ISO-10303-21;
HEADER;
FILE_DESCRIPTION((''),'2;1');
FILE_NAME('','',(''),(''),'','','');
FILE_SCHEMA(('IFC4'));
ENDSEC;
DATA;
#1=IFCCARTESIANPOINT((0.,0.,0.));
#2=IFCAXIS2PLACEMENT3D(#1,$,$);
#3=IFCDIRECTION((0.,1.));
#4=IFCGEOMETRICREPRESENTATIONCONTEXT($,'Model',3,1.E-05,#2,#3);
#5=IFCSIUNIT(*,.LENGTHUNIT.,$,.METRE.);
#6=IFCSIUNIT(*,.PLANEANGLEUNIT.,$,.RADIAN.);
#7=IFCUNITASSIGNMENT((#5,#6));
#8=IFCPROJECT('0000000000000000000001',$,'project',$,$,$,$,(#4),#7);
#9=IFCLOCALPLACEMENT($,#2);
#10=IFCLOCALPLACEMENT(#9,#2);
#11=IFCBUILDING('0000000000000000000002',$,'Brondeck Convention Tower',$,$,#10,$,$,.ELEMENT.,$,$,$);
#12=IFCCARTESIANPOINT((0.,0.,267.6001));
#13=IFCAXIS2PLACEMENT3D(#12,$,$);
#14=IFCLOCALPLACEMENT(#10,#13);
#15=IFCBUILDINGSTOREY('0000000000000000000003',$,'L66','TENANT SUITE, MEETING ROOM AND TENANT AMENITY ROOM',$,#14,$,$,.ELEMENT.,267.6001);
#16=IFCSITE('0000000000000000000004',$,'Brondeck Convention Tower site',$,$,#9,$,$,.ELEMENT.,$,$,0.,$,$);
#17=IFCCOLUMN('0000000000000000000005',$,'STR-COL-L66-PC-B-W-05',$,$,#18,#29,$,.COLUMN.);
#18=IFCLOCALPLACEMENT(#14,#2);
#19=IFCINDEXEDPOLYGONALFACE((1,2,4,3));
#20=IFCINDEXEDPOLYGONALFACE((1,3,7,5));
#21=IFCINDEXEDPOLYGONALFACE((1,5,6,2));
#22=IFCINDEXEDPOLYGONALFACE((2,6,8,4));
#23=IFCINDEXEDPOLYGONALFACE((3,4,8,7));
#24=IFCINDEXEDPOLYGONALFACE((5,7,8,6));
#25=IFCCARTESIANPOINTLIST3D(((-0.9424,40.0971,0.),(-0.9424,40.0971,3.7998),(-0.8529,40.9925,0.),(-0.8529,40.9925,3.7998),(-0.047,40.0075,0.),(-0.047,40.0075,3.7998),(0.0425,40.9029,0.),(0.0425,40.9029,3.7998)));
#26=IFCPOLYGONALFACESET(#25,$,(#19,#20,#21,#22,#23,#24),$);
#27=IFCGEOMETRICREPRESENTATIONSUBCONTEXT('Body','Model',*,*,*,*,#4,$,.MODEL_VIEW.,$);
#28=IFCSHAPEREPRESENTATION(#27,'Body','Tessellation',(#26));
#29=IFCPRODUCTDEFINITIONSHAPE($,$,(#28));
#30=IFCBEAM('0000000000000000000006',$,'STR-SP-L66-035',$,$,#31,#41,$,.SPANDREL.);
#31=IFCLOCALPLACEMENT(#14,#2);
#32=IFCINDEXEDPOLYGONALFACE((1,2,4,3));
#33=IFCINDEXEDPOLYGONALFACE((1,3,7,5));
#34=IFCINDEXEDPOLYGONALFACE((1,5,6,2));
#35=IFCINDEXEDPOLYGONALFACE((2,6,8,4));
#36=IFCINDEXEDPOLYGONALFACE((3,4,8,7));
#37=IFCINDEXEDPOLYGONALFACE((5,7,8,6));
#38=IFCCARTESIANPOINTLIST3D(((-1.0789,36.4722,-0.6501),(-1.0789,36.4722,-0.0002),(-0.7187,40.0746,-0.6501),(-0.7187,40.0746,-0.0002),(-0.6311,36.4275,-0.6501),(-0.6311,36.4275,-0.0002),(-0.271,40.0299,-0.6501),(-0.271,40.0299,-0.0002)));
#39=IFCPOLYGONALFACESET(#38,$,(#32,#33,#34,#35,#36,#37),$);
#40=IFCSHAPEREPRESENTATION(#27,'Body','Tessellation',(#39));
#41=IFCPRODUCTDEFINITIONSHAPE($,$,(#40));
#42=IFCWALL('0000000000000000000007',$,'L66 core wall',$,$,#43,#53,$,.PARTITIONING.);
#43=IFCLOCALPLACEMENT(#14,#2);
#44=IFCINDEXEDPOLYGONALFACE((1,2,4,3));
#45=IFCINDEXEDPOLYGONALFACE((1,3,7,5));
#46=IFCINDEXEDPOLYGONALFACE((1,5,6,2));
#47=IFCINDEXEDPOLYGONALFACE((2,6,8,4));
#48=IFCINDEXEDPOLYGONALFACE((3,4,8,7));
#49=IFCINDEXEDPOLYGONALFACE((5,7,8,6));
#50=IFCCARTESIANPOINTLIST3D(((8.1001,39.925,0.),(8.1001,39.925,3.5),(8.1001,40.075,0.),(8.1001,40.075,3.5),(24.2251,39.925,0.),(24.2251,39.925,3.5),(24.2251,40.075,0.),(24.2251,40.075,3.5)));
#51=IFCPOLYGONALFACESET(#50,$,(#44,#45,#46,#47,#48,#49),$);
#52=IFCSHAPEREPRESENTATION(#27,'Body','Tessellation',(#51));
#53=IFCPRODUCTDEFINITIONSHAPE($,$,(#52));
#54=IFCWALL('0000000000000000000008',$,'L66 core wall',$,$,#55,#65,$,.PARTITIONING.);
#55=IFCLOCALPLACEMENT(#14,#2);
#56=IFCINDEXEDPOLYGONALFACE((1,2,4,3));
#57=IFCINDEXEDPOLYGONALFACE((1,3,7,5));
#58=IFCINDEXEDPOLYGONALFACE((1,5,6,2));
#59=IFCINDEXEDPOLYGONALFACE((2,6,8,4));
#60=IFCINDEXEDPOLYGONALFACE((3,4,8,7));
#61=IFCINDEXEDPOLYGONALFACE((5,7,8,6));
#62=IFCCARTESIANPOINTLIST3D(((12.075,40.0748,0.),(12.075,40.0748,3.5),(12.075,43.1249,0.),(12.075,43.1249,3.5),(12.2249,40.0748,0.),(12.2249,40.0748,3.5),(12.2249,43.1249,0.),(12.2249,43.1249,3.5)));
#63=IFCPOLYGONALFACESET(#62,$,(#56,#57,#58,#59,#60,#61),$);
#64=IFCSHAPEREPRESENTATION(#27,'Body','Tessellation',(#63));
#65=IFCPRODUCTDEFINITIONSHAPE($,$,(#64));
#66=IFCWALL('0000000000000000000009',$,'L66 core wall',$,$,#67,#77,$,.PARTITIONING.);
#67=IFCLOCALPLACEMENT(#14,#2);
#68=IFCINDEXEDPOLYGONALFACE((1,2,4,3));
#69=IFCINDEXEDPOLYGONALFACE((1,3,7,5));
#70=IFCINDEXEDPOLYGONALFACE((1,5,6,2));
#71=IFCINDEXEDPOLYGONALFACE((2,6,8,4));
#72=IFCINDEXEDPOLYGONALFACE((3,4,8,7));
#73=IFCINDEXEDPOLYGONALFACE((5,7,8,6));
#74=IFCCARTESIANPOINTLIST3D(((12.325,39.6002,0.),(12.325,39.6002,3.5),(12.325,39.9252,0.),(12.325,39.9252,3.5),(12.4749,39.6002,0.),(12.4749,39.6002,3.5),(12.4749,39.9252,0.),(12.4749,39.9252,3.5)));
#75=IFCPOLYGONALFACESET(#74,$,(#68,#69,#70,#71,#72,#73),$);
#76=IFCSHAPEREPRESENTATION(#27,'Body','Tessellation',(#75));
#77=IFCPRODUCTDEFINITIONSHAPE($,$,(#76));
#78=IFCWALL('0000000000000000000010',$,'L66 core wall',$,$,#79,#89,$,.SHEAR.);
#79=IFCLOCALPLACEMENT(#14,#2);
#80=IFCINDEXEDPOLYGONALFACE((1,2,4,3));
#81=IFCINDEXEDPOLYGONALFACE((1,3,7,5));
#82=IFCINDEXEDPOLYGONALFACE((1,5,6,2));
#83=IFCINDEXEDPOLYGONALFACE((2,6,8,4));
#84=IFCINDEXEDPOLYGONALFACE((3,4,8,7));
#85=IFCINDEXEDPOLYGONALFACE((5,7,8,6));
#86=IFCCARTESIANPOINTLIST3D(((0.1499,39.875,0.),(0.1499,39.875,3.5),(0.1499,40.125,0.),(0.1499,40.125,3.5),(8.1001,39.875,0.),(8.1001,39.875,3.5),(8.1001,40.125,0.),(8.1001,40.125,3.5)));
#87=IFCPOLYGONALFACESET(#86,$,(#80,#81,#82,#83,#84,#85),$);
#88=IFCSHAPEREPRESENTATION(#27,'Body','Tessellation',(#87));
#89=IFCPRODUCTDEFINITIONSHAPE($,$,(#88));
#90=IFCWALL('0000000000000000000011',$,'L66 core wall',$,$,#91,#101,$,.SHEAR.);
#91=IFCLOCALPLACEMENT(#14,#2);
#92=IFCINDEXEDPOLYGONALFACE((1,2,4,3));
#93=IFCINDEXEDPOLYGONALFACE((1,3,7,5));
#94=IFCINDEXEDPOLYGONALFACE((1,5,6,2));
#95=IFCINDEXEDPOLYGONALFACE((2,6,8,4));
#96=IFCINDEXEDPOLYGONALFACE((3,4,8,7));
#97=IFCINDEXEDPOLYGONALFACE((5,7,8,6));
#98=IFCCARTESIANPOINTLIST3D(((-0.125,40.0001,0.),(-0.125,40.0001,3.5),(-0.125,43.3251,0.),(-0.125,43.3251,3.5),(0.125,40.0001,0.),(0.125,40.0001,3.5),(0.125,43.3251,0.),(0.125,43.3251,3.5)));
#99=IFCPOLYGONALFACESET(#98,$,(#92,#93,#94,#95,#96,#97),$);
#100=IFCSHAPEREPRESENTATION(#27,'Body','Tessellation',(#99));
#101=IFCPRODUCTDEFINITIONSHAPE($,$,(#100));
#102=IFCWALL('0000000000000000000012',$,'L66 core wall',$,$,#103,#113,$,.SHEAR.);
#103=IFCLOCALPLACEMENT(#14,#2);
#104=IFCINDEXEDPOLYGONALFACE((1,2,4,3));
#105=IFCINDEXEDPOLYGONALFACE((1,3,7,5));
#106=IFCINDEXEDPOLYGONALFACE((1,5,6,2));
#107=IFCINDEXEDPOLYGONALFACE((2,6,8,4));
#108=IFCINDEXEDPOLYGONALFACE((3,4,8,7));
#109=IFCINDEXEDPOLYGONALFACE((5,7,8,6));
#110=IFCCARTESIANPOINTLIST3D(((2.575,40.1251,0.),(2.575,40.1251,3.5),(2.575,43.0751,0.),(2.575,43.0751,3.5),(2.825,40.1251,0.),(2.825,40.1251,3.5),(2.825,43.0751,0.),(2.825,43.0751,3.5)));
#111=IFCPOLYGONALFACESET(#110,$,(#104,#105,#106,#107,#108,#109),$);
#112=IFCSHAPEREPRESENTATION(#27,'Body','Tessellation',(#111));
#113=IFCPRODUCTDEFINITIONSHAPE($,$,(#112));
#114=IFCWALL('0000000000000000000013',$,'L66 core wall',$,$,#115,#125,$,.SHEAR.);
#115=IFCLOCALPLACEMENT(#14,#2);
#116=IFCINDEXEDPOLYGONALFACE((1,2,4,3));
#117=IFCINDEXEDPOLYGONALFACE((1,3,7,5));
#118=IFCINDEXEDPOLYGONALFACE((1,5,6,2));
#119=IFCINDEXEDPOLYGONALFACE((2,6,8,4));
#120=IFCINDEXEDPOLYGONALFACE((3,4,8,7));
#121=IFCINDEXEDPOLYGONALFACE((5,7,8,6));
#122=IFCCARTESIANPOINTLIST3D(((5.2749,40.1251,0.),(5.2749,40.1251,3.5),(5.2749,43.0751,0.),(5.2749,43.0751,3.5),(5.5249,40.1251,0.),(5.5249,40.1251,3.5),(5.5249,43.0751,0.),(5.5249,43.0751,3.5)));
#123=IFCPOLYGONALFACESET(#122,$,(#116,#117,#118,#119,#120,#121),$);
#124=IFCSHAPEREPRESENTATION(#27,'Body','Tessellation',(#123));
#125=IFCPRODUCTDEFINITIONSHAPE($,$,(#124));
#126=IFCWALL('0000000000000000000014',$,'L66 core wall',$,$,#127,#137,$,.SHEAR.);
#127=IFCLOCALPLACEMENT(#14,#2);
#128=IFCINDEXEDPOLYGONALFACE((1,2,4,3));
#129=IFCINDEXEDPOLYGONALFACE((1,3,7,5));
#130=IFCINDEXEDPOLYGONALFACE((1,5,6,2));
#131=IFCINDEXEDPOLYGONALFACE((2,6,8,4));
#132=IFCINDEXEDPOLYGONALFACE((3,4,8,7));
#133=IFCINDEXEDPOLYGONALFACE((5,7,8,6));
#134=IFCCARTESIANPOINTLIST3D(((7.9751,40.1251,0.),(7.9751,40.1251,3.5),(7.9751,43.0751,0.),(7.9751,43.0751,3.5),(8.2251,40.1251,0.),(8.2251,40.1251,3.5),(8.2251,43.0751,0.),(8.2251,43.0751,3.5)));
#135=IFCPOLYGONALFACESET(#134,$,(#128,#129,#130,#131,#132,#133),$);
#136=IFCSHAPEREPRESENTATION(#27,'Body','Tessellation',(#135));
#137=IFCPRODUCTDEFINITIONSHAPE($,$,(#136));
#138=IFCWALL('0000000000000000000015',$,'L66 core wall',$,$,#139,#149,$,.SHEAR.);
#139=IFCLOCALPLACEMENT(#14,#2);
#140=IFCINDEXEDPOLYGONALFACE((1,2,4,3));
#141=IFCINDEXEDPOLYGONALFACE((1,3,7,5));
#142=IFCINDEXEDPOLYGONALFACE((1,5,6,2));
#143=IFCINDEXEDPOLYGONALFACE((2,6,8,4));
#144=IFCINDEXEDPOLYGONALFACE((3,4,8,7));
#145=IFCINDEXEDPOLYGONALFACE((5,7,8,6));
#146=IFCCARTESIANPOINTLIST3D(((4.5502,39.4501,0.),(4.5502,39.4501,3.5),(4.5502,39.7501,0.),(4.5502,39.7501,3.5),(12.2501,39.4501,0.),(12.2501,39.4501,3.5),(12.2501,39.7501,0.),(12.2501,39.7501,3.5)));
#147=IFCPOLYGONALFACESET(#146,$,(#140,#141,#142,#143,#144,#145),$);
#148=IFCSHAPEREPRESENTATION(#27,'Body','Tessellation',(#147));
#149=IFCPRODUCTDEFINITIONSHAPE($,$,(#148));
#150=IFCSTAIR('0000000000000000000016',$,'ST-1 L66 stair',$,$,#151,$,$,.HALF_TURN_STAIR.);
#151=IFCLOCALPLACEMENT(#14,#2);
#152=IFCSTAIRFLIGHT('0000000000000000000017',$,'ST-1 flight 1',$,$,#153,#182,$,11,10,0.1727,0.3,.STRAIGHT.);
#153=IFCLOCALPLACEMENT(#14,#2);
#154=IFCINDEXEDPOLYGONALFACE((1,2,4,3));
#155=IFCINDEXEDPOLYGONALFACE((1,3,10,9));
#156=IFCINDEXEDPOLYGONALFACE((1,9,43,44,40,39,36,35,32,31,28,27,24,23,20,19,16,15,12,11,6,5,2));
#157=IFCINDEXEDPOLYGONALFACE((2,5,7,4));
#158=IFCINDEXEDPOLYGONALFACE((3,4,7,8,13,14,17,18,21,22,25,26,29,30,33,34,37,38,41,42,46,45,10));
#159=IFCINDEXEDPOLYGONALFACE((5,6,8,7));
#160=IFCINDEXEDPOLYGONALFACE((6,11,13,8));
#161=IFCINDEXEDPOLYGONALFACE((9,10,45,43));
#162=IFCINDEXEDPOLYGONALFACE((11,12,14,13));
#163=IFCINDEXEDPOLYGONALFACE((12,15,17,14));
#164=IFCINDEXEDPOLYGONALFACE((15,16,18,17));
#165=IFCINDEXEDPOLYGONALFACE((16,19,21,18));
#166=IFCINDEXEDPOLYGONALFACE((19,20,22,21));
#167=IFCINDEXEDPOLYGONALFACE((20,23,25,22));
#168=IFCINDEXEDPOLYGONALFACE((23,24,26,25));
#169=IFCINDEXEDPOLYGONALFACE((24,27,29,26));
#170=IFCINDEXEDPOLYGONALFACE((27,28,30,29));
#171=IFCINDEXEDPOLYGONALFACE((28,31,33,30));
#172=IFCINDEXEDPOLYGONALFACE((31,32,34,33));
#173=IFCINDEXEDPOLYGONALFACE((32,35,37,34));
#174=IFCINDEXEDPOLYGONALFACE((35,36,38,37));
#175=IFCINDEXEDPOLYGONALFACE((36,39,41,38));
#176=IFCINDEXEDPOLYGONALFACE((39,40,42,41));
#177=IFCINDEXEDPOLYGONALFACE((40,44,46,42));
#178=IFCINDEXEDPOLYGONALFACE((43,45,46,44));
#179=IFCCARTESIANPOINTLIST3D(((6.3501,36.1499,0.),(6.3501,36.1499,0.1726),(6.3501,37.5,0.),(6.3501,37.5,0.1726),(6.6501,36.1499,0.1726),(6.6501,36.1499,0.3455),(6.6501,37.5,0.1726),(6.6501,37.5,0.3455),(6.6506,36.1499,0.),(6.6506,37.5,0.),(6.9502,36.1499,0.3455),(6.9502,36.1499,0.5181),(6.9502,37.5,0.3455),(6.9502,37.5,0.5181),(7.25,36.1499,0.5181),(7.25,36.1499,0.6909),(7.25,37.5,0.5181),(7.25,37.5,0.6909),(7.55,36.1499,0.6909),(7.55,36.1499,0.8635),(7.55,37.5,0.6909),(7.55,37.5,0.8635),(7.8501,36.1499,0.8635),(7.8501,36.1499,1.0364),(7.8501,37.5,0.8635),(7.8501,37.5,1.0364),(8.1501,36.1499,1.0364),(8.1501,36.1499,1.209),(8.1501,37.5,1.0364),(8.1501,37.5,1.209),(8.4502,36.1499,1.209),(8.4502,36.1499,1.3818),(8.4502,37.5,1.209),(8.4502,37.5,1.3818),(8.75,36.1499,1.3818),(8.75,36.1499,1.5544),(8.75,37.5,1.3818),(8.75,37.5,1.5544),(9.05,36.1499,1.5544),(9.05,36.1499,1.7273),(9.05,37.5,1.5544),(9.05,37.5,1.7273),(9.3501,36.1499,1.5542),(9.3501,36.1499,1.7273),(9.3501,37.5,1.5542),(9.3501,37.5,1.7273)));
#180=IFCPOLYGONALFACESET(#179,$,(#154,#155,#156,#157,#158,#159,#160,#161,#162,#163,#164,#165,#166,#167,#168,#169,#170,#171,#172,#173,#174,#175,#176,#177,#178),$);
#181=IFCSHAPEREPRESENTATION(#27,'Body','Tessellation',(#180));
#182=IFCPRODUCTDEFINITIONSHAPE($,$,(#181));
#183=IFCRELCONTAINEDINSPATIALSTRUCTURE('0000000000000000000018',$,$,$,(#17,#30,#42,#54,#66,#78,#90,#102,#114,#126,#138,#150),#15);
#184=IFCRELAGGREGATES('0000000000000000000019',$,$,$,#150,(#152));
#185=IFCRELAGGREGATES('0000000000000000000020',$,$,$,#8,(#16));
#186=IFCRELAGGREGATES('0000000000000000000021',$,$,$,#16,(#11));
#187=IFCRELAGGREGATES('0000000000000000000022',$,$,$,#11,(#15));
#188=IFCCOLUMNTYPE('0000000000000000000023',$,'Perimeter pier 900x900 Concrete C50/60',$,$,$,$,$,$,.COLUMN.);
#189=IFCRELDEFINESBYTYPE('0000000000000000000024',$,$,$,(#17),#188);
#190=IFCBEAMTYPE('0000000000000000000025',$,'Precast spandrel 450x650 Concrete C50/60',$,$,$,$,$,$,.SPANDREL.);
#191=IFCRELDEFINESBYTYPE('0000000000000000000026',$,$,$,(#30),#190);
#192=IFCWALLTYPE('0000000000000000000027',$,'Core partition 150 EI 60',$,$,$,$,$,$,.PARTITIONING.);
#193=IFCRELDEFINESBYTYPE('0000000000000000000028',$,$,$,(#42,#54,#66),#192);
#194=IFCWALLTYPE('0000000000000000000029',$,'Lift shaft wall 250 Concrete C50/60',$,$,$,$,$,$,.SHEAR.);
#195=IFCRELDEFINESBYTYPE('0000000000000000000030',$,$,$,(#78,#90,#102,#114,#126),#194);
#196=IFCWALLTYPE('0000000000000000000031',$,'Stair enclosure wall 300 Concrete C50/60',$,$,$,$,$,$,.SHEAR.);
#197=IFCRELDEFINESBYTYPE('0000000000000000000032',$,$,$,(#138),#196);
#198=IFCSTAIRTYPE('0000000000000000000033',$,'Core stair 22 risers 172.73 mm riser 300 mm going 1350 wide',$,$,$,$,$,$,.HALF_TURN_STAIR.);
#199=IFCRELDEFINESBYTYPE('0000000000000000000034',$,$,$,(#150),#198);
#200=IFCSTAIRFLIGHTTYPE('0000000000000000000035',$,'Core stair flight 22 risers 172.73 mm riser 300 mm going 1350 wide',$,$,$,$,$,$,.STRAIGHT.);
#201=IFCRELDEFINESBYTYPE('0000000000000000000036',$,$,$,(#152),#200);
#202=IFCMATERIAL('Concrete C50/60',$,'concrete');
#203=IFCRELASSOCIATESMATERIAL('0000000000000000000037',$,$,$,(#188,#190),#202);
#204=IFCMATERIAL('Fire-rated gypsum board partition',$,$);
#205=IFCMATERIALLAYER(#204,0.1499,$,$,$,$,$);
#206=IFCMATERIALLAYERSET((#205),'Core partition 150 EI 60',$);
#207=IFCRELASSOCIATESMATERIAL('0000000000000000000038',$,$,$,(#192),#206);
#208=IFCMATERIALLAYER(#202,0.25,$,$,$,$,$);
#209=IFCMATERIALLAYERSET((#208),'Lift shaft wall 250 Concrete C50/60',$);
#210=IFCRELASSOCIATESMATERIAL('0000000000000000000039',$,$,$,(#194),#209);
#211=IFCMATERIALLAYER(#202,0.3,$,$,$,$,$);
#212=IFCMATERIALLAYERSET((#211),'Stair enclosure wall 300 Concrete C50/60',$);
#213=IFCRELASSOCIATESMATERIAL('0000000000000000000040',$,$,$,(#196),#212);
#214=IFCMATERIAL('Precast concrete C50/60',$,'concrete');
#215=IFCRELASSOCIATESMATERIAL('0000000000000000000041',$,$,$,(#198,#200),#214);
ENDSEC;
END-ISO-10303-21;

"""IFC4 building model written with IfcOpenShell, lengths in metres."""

from ifc_helpers import new_model, si_unit, direction, frame, frame_2d, origin, origin_2d, place, context, subcontext, project, spatial, polyline, rectangle, outline, extrude, material, layer, layer_set, material_profile, profile_set, type_object, element, aggregate, save


model = new_model("IFC4")

# Units and contexts
model_context = context("Model", 3, precision=1e-05, world=origin(), true_north=direction((0.0, 1.0)))
body_context = subcontext(model_context, "Body", "Model", "MODEL_VIEW")
ifc_project = project(units=[si_unit("LENGTHUNIT", "METRE"), si_unit("PLANEANGLEUNIT", "RADIAN")], contexts=[model_context])

# Site, building, storey
site_placement = place(None, origin())
site = spatial("IfcSite", under=ifc_project, at=site_placement, Name="Brondeck Convention Tower site", CompositionType="ELEMENT", RefElevation=0.0)
building_placement = place(site_placement, origin())
building = spatial("IfcBuilding", under=site, at=building_placement, Name="Brondeck Convention Tower", CompositionType="ELEMENT")
storey_placement = place(building_placement, frame((0.0, 0.0, 267.6001)))
storey = spatial("IfcBuildingStorey", under=building, at=storey_placement, Name="L66", Description="TENANT SUITE, MEETING ROOM AND TENANT AMENITY ROOM", CompositionType="ELEMENT", Elevation=267.6001)

# Column
ifc_material_1 = material(Name="Concrete C50/60", Category="concrete")
ifc_material_profile_1 = material_profile(ifc_material_1, rectangle(XDim=0.8999, YDim=0.8999, at=origin_2d()), Name="Perimeter pier 900x900 Concrete C50/60")
ifc_profile_set_1 = profile_set([ifc_material_profile_1], Name="Concrete C50/60")
column_type = type_object("IfcColumnType", Name="Perimeter pier 900x900 Concrete C50/60", PredefinedType="COLUMN", material=ifc_profile_set_1)
column_placement = place(storey_placement, frame((-0.45, 40.5, 0.0), z_axis=(0.0, 0.0, 1.0), x_axis=(-0.099504, -0.995037, 0.0)))
element("IfcColumn", 1, at=column_placement, inside=storey, type_object=column_type, Name="STR-COL-L66-PC-B-W-05", PredefinedType="COLUMN", context=body_context, shape_type="SweptSolid", body=[
    extrude(rectangle(XDim=0.8999, YDim=0.8999, at=origin_2d()), origin(), (0.0, 0.0, 1.0), 3.7998),
])

# Beam
ifc_material_profile_2 = material_profile(ifc_material_1, rectangle(XDim=0.45, YDim=0.6499, at=origin_2d()), Name="Precast spandrel 450x650 Concrete C50/60")
ifc_profile_set_2 = profile_set([ifc_material_profile_2], Name="Concrete C50/60")
beam_type = type_object("IfcBeamType", Name="Precast spandrel 450x650 Concrete C50/60", PredefinedType="SPANDREL", material=ifc_profile_set_2)
beam_placement = place(storey_placement, frame((-0.4949, 40.0522, -0.3252), z_axis=(-0.09947, -0.995041, 0.0), x_axis=(0.995041, -0.09947, 0.0)))
element("IfcBeam", 2, at=beam_placement, inside=storey, type_object=beam_type, Name="STR-SP-L66-035", PredefinedType="SPANDREL", context=body_context, shape_type="SweptSolid", body=[
    extrude(rectangle(XDim=0.45, YDim=0.6499, at=origin_2d()), origin(), (0.0, 0.0, 1.0), 3.6204),
])

# Walls
ifc_material_2 = material(Name="Fire-rated gypsum board partition")
ifc_layer_1 = layer(ifc_material_2, 0.1499)
ifc_layer_set_1 = layer_set([ifc_layer_1], Name="Core partition 150 EI 60")
wall_type_1 = type_object("IfcWallType", Name="Core partition 150 EI 60", PredefinedType="PARTITIONING", material=ifc_layer_set_1)
wall_1_placement = place(storey_placement, frame((8.1001, 40.0, 0.0), z_axis=(0.0, 0.0, 1.0), x_axis=(1.0, 0.0, 0.0)))
element("IfcWall", 3, at=wall_1_placement, inside=storey, type_object=wall_type_1, Name="L66 core wall", PredefinedType="PARTITIONING", context=body_context, shape_type="SweptSolid", body=[
    extrude(rectangle(XDim=16.125, YDim=0.1499, at=frame_2d((8.0625, 0.0))), origin(), (0.0, 0.0, 1.0), 3.5),
])
wall_2_placement = place(storey_placement, frame((12.1499, 40.075, 0.0), z_axis=(0.0, 0.0, 1.0), x_axis=(0.0, 1.0, 0.0)))
element("IfcWall", 4, at=wall_2_placement, inside=storey, type_object=wall_type_1, Name="L66 core wall", PredefinedType="PARTITIONING", context=body_context, shape_type="SweptSolid", body=[
    extrude(rectangle(XDim=3.05, YDim=0.1499, at=frame_2d((1.5249, 0.0))), origin(), (0.0, 0.0, 1.0), 3.5),
])
wall_3_placement = place(storey_placement, frame((12.3999, 39.6001, 0.0), z_axis=(0.0, 0.0, 1.0), x_axis=(0.0, 1.0, 0.0)))
element("IfcWall", 5, at=wall_3_placement, inside=storey, type_object=wall_type_1, Name="L66 core wall", PredefinedType="PARTITIONING", context=body_context, shape_type="SweptSolid", body=[
    extrude(rectangle(XDim=0.325, YDim=0.1499, at=frame_2d((0.1626, 0.0))), origin(), (0.0, 0.0, 1.0), 3.5),
])
ifc_layer_2 = layer(ifc_material_1, 0.25)
ifc_layer_set_2 = layer_set([ifc_layer_2], Name="Lift shaft wall 250 Concrete C50/60")
wall_type_2 = type_object("IfcWallType", Name="Lift shaft wall 250 Concrete C50/60", PredefinedType="SHEAR", material=ifc_layer_set_2)
wall_4_placement = place(storey_placement, frame((0.1499, 40.0, 0.0), z_axis=(0.0, 0.0, 1.0), x_axis=(1.0, 0.0, 0.0)))
element("IfcWall", 6, at=wall_4_placement, inside=storey, type_object=wall_type_2, Name="L66 core wall", PredefinedType="SHEAR", context=body_context, shape_type="SweptSolid", body=[
    extrude(rectangle(XDim=7.9502, YDim=0.25, at=frame_2d((3.9751, 0.0))), origin(), (0.0, 0.0, 1.0), 3.5),
])
wall_5_placement = place(storey_placement, frame((0.0, 40.0, 0.0), z_axis=(0.0, 0.0, 1.0), x_axis=(0.0, 1.0, 0.0)))
element("IfcWall", 7, at=wall_5_placement, inside=storey, type_object=wall_type_2, Name="L66 core wall", PredefinedType="SHEAR", context=body_context, shape_type="SweptSolid", body=[
    extrude(rectangle(XDim=3.325, YDim=0.25, at=frame_2d((1.6626, 0.0))), origin(), (0.0, 0.0, 1.0), 3.5),
])
for number, where, z_axis, x_axis, name in (
    (8, (2.7, 40.125, 0.0), (0.0, 0.0, 1.0), (0.0, 1.0, 0.0), "L66 core wall"),
    (9, (5.3999, 40.125, 0.0), (0.0, 0.0, 1.0), (0.0, 1.0, 0.0), "L66 core wall"),
    (10, (8.1001, 40.125, 0.0), (0.0, 0.0, 1.0), (0.0, 1.0, 0.0), "L66 core wall"),
):
    element("IfcWall", number, at=place(storey_placement, frame(where, z_axis=z_axis, x_axis=x_axis)), inside=storey, type_object=wall_type_2, Name=name, PredefinedType="SHEAR", context=body_context, shape_type="SweptSolid", body=[
        extrude(rectangle(XDim=2.95, YDim=0.25, at=frame_2d((1.4751, 0.0))), origin(), (0.0, 0.0, 1.0), 3.5),
    ])
ifc_layer_3 = layer(ifc_material_1, 0.3)
ifc_layer_set_3 = layer_set([ifc_layer_3], Name="Stair enclosure wall 300 Concrete C50/60")
wall_type_3 = type_object("IfcWallType", Name="Stair enclosure wall 300 Concrete C50/60", PredefinedType="SHEAR", material=ifc_layer_set_3)
wall_6_placement = place(storey_placement, frame((4.55, 39.6001, 0.0), z_axis=(0.0, 0.0, 1.0), x_axis=(1.0, 0.0, 0.0)))
element("IfcWall", 11, at=wall_6_placement, inside=storey, type_object=wall_type_3, Name="L66 core wall", PredefinedType="SHEAR", context=body_context, shape_type="SweptSolid", body=[
    extrude(rectangle(XDim=7.7, YDim=0.3, at=frame_2d((3.8501, 0.0))), origin(), (0.0, 0.0, 1.0), 3.5),
])

# Stair, stair flight
ifc_material_3 = material(Name="Precast concrete C50/60", Category="concrete")
stair_type = type_object("IfcStairType", Name="Core stair 22 risers 172.73 mm riser 300 mm going 1350 wide", PredefinedType="HALF_TURN_STAIR", material=ifc_material_3)
stair_placement = place(storey_placement, origin())
stair = element("IfcStair", 12, at=stair_placement, inside=storey, type_object=stair_type, Name="ST-1 L66 stair", PredefinedType="HALF_TURN_STAIR")
stair_flight_type = type_object("IfcStairFlightType", Name="Core stair flight 22 risers 172.73 mm riser 300 mm going 1350 wide", PredefinedType="STRAIGHT", material=ifc_material_3)
stair_flight_1_placement = place(storey_placement, frame((6.3501, 36.825, 0.0), z_axis=(0.0, 0.0, 1.0), x_axis=(1.0, 0.0, 0.0)))
stair_flight_1 = element("IfcStairFlight", 13, at=stair_flight_1_placement, type_object=stair_flight_type, Name="ST-1 flight 1", NumberOfRisers=11, NumberOfTreads=10, PredefinedType="STRAIGHT", RiserHeight=0.1727, TreadLength=0.3, context=body_context, shape_type="SweptSolid", body=[
    extrude(outline(polyline([(0.0, 0.0), (0.0, 0.1726), (0.3, 0.1726), (0.3, 0.3455), (0.6001, 0.3455), (0.6001, 0.5181), (0.8999, 0.5181), (0.8999, 0.6909), (1.2, 0.6909), (1.2, 0.8635), (1.5, 0.8635), (1.5, 1.0364), (1.8, 1.0364), (1.8, 1.209), (2.1001, 1.209), (2.1001, 1.3818), (2.3999, 1.3818), (2.3999, 1.5544), (2.7, 1.5544), (2.7, 1.7273), (3.0, 1.7273), (3.0, 1.8999), (3.0, 1.5542), (0.3005, 0.0), (0.0, 0.0)])), frame((0.0, 0.675, 0.0), z_axis=(0.0, -1.0, 0.0), x_axis=(1.0, 0.0, 0.0)), (0.0, 0.0, 1.0), 1.3501),
])
aggregate(stair, [stair_flight_1])

save(model, "model.ifc")
